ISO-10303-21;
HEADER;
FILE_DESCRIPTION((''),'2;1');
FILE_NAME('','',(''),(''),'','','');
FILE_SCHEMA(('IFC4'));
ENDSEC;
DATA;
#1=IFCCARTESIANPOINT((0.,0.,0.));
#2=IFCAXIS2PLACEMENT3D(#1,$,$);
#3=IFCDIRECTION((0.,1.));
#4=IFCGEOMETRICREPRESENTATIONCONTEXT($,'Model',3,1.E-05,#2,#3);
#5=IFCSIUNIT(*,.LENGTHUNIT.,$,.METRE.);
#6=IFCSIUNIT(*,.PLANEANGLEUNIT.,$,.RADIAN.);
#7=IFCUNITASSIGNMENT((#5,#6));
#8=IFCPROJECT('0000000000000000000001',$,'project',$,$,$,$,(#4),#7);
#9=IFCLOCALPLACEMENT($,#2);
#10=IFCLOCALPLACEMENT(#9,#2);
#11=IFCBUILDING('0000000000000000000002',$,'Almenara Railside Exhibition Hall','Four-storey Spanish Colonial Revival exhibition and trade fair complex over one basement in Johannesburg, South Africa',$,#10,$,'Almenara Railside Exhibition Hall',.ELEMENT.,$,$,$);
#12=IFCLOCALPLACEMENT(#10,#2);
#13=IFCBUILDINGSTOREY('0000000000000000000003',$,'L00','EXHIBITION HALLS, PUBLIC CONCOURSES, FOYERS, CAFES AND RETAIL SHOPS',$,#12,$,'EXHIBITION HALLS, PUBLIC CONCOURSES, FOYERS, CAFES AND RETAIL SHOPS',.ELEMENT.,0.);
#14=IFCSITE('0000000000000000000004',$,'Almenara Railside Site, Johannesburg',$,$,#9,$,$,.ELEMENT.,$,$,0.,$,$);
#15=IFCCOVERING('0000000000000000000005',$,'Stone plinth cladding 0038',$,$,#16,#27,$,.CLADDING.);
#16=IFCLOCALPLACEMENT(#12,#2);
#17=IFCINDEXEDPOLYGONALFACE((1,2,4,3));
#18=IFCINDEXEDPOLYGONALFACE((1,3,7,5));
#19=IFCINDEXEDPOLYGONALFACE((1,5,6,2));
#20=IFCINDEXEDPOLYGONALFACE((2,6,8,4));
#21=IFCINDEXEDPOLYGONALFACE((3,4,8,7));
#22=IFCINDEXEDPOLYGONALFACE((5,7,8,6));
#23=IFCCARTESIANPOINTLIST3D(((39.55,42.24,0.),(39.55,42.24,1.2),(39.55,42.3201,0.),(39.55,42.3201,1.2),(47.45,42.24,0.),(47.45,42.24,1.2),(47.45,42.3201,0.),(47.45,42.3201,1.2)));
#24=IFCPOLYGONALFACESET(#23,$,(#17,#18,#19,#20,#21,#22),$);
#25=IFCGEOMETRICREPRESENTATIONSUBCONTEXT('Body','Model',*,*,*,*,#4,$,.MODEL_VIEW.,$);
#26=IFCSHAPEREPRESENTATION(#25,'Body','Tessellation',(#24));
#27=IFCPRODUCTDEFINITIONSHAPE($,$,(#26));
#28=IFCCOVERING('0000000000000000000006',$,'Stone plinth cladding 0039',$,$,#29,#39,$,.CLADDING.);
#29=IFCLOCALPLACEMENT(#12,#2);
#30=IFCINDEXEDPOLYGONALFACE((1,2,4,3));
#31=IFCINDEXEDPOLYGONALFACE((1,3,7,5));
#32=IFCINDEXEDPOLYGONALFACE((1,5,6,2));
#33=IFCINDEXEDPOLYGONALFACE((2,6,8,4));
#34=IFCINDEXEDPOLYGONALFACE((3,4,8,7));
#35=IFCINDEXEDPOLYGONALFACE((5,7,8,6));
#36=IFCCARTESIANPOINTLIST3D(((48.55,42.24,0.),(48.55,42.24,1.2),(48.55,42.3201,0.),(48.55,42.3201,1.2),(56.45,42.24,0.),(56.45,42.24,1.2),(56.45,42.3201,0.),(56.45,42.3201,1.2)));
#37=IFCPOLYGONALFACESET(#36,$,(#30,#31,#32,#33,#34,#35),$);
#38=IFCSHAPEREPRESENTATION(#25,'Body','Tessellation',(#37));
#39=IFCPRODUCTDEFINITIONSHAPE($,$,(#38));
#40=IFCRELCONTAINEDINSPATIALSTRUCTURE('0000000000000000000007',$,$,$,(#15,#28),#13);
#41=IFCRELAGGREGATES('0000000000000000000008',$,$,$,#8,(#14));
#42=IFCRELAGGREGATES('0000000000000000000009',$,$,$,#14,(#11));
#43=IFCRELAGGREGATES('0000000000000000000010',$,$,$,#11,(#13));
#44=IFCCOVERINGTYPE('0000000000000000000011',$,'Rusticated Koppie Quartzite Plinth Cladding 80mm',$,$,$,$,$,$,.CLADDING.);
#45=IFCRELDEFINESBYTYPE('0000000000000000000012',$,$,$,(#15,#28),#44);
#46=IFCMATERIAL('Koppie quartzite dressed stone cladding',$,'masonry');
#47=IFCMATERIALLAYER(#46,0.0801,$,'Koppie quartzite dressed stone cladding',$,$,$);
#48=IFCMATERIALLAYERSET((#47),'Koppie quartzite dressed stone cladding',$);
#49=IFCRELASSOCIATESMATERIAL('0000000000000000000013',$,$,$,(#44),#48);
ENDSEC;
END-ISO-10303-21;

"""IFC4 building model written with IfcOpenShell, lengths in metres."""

from ifc_helpers import new_model, si_unit, direction, frame, origin, origin_2d, place, context, subcontext, project, spatial, rectangle, extrude, material, layer, layer_set, type_object, element, save


model = new_model("IFC4")

# Units and contexts
model_context = context("Model", 3, precision=1e-05, world=origin(), true_north=direction((0.0, 1.0)))
body_context = subcontext(model_context, "Body", "Model", "MODEL_VIEW")
ifc_project = project(units=[si_unit("LENGTHUNIT", "METRE"), si_unit("PLANEANGLEUNIT", "RADIAN")], contexts=[model_context])

# Site, building, storey
site_placement = place(None, origin())
site = spatial("IfcSite", under=ifc_project, at=site_placement, Name="Almenara Railside Site, Johannesburg", CompositionType="ELEMENT", RefElevation=0.0)
building_placement = place(site_placement, origin())
building = spatial("IfcBuilding", under=site, at=building_placement, Name="Almenara Railside Exhibition Hall", Description="Four-storey Spanish Colonial Revival exhibition and trade fair complex over one basement in Johannesburg, South Africa", LongName="Almenara Railside Exhibition Hall", CompositionType="ELEMENT")
storey_placement = place(building_placement, origin())
storey = spatial("IfcBuildingStorey", under=building, at=storey_placement, Name="L00", Description="EXHIBITION HALLS, PUBLIC CONCOURSES, FOYERS, CAFES AND RETAIL SHOPS", LongName="EXHIBITION HALLS, PUBLIC CONCOURSES, FOYERS, CAFES AND RETAIL SHOPS", CompositionType="ELEMENT", Elevation=0.0)

# Coverings
ifc_material_1 = material(Name="Koppie quartzite dressed stone cladding", Category="masonry")
ifc_layer_1 = layer(ifc_material_1, 0.0801, Name="Koppie quartzite dressed stone cladding")
ifc_layer_set_1 = layer_set([ifc_layer_1], Name="Koppie quartzite dressed stone cladding")
covering_type = type_object("IfcCoveringType", Name="Rusticated Koppie Quartzite Plinth Cladding 80mm", PredefinedType="CLADDING", material=ifc_layer_set_1)
for number, where, z_axis, x_axis, name in (
    (1, (43.5, 42.28, 0.0), (0.0, 0.0, 1.0), (-1.0, 0.0, 0.0), "Stone plinth cladding 0038"),
    (2, (52.5, 42.28, 0.0), (0.0, 0.0, 1.0), (-1.0, 0.0, 0.0), "Stone plinth cladding 0039"),
):
    element("IfcCovering", number, at=place(storey_placement, frame(where, z_axis=z_axis, x_axis=x_axis)), inside=storey, type_object=covering_type, Name=name, PredefinedType="CLADDING", context=body_context, shape_type="SweptSolid", body=[
        extrude(rectangle(XDim=7.8999, YDim=0.0801, at=origin_2d()), origin(), (0.0, 0.0, 1.0), 1.2),
    ])

save(model, "model.ifc")
